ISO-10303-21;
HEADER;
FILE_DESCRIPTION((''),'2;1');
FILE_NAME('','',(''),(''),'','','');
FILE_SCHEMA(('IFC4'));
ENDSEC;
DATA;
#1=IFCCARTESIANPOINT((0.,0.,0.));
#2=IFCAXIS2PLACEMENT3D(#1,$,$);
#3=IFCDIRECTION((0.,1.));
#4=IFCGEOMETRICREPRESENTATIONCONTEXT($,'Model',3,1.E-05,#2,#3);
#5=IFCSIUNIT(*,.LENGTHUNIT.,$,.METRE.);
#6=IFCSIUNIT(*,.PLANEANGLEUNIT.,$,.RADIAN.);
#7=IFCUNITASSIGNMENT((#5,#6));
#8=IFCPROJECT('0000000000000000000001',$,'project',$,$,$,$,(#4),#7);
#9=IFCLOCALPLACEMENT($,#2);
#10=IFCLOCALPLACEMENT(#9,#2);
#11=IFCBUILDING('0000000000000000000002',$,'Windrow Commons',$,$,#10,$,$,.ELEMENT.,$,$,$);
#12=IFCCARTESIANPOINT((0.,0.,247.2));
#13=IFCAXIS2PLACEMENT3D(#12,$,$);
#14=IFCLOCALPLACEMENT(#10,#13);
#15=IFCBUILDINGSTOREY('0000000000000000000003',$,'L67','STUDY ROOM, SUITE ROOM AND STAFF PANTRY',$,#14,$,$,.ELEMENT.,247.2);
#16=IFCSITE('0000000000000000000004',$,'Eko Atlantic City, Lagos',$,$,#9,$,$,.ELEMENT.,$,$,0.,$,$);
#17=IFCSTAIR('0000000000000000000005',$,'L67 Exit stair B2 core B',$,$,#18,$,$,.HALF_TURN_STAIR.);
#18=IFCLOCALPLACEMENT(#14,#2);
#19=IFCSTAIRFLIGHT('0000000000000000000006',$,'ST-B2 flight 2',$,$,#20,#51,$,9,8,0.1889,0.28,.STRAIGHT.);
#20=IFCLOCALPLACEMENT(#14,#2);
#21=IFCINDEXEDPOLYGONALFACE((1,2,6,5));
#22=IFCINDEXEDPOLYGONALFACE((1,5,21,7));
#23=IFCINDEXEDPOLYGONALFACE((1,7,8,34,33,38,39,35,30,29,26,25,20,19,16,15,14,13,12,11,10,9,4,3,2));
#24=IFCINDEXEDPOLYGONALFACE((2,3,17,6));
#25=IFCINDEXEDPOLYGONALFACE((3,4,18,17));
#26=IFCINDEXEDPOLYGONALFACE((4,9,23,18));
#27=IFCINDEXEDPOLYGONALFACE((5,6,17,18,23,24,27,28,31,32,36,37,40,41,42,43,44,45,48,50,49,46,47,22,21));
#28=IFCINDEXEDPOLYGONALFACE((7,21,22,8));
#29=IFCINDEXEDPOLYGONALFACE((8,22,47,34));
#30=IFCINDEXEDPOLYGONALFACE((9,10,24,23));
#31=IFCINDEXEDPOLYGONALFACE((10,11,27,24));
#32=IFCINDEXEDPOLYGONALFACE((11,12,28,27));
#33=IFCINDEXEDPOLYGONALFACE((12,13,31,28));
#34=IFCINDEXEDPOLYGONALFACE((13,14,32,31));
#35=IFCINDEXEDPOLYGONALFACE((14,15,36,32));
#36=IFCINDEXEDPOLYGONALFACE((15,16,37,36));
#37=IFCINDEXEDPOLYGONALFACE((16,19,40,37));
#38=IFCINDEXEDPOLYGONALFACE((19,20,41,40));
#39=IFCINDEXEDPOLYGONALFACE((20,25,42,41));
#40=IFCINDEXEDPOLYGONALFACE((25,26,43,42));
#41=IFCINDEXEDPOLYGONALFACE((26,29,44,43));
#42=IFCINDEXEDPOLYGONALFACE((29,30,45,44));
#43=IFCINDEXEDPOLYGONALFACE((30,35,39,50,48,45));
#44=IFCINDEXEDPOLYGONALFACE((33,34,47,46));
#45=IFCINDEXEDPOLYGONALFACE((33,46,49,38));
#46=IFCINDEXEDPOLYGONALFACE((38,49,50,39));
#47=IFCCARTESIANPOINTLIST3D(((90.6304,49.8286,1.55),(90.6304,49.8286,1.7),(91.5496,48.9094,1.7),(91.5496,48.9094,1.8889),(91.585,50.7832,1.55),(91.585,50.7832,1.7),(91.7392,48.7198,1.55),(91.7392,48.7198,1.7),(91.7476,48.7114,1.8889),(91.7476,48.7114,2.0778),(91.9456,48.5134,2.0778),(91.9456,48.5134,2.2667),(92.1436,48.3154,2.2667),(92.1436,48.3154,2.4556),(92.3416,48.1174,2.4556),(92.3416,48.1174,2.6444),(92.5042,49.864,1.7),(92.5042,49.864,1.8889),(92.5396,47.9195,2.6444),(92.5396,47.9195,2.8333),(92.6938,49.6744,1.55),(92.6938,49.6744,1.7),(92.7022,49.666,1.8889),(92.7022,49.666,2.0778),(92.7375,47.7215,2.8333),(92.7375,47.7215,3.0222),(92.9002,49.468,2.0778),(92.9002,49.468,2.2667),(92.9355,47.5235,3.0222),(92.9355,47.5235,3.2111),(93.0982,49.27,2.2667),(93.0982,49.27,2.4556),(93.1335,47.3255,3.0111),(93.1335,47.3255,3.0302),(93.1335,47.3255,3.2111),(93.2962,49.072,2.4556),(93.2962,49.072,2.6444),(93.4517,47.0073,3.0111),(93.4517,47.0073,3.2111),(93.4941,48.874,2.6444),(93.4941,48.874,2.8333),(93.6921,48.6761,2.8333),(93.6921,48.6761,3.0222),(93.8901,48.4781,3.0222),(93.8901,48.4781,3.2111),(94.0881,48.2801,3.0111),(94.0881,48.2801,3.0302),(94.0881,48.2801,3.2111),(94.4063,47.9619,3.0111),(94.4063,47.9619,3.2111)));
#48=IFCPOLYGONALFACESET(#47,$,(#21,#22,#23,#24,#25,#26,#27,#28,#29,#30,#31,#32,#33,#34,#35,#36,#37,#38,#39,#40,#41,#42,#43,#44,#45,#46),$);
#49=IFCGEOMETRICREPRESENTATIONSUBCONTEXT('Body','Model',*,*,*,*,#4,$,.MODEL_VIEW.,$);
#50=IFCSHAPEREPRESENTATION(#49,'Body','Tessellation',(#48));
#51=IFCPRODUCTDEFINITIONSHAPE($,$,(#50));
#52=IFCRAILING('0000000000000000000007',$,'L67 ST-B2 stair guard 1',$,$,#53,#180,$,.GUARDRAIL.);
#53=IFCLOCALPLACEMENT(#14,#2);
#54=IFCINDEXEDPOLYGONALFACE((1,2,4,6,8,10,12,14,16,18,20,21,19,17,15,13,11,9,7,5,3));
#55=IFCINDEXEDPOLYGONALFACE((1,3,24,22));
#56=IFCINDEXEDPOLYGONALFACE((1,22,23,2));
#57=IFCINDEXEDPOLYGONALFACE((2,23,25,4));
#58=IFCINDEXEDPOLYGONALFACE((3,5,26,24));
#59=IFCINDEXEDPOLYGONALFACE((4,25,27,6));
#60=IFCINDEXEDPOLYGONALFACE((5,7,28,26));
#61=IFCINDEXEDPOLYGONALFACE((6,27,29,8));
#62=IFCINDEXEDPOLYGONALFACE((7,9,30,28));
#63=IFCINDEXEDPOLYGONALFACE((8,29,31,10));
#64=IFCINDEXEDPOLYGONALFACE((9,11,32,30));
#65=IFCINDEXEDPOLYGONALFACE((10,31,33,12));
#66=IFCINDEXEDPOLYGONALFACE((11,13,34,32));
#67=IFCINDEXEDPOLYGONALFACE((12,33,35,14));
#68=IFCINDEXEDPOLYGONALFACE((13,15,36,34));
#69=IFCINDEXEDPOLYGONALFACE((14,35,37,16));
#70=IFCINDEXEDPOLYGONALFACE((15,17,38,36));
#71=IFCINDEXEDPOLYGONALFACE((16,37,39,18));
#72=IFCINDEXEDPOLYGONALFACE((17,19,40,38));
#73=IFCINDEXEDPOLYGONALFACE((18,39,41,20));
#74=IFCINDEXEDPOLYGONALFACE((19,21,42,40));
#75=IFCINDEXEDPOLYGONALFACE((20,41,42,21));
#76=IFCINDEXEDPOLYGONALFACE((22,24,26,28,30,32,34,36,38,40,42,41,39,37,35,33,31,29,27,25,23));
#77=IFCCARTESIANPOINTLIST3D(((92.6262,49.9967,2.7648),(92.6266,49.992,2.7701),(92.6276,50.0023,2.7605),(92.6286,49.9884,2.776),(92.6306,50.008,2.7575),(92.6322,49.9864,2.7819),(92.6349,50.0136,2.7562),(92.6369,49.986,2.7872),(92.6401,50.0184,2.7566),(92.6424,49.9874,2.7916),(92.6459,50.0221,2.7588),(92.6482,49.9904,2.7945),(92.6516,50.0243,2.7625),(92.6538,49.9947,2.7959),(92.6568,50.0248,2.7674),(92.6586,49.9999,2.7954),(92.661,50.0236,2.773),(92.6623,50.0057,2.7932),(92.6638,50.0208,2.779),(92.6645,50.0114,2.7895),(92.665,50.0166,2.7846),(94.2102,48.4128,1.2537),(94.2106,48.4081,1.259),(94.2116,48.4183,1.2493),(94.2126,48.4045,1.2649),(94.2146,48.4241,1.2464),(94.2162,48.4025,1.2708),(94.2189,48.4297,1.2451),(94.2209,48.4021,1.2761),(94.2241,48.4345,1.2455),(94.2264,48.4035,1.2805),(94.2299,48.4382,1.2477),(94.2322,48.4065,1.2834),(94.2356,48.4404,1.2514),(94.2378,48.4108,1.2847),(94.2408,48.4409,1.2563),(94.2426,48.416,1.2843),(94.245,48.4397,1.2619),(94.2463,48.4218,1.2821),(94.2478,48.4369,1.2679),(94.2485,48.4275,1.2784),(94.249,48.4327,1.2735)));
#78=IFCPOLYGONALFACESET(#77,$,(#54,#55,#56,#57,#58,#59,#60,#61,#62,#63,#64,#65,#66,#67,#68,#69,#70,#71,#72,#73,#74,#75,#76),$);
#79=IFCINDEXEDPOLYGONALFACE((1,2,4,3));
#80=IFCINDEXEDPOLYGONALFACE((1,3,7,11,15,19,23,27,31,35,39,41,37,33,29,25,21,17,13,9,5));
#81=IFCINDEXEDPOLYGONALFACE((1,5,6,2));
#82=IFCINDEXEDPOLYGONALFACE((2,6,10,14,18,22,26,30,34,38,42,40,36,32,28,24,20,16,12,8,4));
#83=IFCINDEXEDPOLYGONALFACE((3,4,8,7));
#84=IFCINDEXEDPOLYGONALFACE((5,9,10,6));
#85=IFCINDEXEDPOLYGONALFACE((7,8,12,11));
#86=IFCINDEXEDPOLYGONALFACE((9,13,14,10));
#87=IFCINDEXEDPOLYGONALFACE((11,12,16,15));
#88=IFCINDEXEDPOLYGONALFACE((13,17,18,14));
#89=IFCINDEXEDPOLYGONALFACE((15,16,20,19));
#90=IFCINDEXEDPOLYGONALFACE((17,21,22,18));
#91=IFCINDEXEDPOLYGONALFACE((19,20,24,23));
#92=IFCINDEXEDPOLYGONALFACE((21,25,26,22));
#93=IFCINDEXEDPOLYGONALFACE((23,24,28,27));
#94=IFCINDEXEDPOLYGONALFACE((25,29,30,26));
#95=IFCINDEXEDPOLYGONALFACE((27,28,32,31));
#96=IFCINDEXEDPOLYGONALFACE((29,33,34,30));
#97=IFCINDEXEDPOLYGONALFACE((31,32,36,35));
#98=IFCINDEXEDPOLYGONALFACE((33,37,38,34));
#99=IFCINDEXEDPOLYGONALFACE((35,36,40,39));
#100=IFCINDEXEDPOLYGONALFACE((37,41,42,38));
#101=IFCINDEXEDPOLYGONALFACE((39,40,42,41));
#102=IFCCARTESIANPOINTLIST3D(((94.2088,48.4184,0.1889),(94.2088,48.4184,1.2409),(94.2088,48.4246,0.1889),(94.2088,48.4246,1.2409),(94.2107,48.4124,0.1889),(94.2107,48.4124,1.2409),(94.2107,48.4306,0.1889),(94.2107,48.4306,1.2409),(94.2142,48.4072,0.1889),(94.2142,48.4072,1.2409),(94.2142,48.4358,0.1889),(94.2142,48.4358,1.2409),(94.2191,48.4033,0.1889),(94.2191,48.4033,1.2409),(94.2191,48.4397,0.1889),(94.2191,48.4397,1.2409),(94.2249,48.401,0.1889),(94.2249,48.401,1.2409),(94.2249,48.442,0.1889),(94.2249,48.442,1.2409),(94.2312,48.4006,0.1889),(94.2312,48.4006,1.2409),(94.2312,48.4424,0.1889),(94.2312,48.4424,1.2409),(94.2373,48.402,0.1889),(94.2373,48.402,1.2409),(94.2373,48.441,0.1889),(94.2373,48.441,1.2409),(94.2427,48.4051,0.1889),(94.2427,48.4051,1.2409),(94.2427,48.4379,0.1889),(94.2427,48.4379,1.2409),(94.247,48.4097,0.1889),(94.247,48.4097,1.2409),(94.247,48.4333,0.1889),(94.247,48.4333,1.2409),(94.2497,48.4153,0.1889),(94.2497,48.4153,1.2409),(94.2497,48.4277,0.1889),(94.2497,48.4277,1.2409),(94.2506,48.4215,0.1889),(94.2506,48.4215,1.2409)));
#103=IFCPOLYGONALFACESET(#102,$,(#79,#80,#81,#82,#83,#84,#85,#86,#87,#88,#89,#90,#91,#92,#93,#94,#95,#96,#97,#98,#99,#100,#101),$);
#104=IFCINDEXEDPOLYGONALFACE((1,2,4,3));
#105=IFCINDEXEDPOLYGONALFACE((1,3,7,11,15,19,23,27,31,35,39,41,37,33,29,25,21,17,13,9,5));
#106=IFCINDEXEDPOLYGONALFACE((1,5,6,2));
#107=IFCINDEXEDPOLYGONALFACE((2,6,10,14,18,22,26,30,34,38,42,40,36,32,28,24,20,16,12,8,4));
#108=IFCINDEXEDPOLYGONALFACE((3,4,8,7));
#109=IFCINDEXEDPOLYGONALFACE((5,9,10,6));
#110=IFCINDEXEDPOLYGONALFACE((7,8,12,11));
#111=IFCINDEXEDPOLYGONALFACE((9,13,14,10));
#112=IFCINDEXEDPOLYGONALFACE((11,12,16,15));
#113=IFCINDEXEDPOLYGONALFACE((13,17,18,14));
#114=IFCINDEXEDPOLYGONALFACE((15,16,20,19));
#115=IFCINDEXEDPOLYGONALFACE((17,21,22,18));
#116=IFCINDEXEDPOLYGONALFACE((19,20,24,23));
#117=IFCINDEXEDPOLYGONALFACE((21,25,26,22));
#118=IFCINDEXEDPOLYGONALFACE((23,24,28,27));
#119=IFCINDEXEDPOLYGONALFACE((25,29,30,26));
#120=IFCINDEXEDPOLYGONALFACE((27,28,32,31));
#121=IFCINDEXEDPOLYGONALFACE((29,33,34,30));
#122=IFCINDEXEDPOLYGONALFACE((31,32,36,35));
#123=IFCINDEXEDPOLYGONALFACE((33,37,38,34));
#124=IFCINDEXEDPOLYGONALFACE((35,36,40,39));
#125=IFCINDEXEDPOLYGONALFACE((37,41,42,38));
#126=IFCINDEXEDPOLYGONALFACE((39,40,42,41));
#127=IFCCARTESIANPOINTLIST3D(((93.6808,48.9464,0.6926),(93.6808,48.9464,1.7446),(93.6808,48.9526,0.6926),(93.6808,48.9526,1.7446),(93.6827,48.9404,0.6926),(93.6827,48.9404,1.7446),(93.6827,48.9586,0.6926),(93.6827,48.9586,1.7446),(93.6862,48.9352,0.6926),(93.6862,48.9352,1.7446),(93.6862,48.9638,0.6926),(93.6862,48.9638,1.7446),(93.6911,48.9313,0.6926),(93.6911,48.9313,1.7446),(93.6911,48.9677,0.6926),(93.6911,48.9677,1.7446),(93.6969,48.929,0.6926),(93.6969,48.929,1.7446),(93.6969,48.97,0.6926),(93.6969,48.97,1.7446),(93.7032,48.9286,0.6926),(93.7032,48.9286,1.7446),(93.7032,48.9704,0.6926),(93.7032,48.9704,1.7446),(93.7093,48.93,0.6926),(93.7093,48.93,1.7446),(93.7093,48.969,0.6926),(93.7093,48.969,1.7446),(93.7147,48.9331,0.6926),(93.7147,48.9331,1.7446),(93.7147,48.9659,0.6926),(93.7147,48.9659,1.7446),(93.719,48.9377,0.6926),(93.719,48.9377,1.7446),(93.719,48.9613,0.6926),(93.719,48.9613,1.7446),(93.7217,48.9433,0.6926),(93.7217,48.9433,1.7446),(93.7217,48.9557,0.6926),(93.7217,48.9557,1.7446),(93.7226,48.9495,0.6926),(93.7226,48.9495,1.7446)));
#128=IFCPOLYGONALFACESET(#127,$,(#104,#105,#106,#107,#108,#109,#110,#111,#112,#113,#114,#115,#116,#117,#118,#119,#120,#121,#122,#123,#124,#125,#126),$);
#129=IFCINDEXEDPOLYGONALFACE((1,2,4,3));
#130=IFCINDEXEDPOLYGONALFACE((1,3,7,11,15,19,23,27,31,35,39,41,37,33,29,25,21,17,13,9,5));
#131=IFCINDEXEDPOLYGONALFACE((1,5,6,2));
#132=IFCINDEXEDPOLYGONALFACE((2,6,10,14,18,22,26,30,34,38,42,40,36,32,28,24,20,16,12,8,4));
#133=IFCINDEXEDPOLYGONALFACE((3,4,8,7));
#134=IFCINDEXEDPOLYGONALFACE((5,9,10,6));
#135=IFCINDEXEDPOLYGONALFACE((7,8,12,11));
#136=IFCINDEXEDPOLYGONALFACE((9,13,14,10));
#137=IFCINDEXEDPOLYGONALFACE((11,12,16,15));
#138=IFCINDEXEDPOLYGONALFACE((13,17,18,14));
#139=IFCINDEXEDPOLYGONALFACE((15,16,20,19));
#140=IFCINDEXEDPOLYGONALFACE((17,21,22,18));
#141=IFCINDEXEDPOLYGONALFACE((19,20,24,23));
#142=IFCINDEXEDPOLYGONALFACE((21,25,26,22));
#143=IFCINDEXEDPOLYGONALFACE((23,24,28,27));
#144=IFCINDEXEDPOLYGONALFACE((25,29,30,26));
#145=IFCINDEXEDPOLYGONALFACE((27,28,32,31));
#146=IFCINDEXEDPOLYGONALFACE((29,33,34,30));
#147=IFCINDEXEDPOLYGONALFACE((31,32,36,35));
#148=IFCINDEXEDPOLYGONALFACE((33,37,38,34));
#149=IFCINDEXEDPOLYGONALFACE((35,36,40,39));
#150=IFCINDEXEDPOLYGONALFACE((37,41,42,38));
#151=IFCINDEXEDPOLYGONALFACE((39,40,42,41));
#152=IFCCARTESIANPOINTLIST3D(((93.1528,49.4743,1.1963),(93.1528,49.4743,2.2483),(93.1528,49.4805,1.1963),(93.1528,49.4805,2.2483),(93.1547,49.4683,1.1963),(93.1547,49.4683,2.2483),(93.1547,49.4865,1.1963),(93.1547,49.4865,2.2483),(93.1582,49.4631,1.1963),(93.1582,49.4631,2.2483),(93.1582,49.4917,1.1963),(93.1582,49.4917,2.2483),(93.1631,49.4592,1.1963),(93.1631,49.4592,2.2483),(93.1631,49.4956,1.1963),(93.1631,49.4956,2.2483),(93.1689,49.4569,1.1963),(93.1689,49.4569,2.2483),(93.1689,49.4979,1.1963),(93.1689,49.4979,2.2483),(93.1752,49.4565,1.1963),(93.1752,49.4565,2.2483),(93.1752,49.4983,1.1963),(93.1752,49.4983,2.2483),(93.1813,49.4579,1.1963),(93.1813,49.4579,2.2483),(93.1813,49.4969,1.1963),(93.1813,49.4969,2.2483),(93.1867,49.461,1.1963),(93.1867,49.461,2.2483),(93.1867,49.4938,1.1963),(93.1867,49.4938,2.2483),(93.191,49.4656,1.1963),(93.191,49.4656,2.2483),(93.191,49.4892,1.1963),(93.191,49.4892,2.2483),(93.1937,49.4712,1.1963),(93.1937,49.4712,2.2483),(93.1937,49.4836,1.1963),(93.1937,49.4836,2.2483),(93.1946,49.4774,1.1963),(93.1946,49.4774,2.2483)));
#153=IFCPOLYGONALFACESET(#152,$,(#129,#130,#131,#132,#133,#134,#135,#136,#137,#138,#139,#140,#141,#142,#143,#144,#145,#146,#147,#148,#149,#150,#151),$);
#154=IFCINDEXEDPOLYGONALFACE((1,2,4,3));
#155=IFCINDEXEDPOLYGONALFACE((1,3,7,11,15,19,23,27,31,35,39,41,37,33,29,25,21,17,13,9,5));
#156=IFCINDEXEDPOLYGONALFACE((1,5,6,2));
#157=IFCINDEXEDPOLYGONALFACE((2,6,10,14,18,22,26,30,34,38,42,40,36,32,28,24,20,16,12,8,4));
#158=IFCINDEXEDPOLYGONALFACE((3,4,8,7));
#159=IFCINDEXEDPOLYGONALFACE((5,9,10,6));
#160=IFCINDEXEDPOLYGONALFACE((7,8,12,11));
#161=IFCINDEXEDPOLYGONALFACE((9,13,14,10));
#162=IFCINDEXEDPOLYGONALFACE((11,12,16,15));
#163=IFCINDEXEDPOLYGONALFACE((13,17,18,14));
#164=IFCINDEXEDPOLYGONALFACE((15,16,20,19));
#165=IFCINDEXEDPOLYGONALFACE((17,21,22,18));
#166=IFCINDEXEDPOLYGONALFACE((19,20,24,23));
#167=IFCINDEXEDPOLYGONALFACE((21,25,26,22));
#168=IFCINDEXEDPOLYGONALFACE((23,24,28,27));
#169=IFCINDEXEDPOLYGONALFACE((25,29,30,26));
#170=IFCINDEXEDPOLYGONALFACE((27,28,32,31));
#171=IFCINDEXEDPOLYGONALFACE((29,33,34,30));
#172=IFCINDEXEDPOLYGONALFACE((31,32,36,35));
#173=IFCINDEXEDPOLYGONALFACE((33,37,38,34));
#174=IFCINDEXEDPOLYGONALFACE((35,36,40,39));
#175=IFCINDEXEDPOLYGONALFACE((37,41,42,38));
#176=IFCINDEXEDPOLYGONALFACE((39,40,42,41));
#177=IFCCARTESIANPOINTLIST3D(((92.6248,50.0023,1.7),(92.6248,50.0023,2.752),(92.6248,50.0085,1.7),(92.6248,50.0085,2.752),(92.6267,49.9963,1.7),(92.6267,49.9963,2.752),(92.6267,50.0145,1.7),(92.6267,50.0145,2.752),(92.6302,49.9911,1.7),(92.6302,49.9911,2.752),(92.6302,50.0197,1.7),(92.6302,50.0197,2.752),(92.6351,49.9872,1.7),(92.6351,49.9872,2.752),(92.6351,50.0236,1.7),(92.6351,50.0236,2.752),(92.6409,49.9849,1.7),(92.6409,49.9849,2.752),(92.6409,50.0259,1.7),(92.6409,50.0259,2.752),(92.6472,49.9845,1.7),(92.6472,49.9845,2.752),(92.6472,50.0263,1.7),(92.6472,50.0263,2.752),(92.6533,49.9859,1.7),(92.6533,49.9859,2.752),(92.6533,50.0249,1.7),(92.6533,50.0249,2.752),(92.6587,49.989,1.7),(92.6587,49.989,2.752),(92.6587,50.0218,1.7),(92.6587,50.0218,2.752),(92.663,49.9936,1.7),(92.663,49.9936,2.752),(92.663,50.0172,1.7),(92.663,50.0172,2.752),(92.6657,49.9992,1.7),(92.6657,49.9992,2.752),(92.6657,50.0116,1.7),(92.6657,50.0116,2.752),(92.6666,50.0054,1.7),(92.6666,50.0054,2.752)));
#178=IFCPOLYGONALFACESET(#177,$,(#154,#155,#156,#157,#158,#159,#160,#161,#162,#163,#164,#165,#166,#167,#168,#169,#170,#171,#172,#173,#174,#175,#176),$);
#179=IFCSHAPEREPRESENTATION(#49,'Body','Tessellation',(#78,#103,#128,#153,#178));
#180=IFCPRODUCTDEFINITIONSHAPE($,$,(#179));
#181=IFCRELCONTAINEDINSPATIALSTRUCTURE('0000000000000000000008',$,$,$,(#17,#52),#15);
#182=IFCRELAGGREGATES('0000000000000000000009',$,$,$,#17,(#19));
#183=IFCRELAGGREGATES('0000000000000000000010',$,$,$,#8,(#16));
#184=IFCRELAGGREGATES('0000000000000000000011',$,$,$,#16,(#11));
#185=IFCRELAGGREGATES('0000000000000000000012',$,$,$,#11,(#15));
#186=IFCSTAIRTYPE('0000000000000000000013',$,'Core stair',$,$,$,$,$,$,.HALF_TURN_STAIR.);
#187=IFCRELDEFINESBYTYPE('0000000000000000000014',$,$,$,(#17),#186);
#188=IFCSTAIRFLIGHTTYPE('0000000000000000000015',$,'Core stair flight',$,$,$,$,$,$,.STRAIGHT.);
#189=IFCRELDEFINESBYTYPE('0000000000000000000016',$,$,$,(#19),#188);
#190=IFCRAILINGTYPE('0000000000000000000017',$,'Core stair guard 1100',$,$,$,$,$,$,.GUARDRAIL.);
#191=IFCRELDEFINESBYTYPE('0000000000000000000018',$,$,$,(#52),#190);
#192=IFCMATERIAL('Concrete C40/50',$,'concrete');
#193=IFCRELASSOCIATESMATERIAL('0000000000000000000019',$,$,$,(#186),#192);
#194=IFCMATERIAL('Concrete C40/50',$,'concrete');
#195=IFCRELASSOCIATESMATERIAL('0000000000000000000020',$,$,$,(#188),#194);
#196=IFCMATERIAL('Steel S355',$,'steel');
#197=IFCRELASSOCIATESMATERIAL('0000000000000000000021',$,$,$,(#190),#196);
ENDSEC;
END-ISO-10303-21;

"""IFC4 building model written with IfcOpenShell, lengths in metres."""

from ifc_helpers import new_model, si_unit, direction, frame, origin, origin_2d, place, context, subcontext, project, spatial, polyline, circle, outline, extrude, material, type_object, element, aggregate, save


model = new_model("IFC4")

# Units and contexts
model_context = context("Model", 3, precision=1e-05, world=origin(), true_north=direction((0.0, 1.0)))
body_context = subcontext(model_context, "Body", "Model", "MODEL_VIEW")
ifc_project = project(units=[si_unit("LENGTHUNIT", "METRE"), si_unit("PLANEANGLEUNIT", "RADIAN")], contexts=[model_context])

# Site, building, storey
site_placement = place(None, origin())
site = spatial("IfcSite", under=ifc_project, at=site_placement, Name="Eko Atlantic City, Lagos", CompositionType="ELEMENT", RefElevation=0.0)
building_placement = place(site_placement, origin())
building = spatial("IfcBuilding", under=site, at=building_placement, Name="Windrow Commons", CompositionType="ELEMENT")
storey_placement = place(building_placement, frame((0.0, 0.0, 247.2)))
storey = spatial("IfcBuildingStorey", under=building, at=storey_placement, Name="L67", Description="STUDY ROOM, SUITE ROOM AND STAFF PANTRY", CompositionType="ELEMENT", Elevation=247.2)

# Stair, stair flight
ifc_material_1 = material(Name="Concrete C40/50", Category="concrete")
stair_type = type_object("IfcStairType", Name="Core stair", PredefinedType="HALF_TURN_STAIR", material=ifc_material_1)
stair_placement = place(storey_placement, origin())
stair = element("IfcStair", 1, at=stair_placement, inside=storey, type_object=stair_type, Name="L67 Exit stair B2 core B", PredefinedType="HALF_TURN_STAIR")
ifc_material_2 = material(Name="Concrete C40/50", Category="concrete")
stair_flight_type = type_object("IfcStairFlightType", Name="Core stair flight", PredefinedType="STRAIGHT", material=ifc_material_2)
stair_flight_1_placement = place(storey_placement, frame((92.0269, 49.3867, 1.7), z_axis=(0.0, 0.0, 1.0), x_axis=(0.707107, -0.707107, 0.0)))
stair_flight_1 = element("IfcStairFlight", 2, at=stair_flight_1_placement, type_object=stair_flight_type, Name="ST-B2 flight 2", NumberOfRisers=9, NumberOfTreads=8, PredefinedType="STRAIGHT", RiserHeight=0.1889, TreadLength=0.28, context=body_context, shape_type="SweptSolid", body=[
    extrude(outline(polyline([(-1.3, -0.15), (-1.3, 0.0), (0.0, 0.0), (0.0, 0.1889), (0.28, 0.1889), (0.28, 0.3778), (0.56, 0.3778), (0.56, 0.5667), (0.84, 0.5667), (0.84, 0.7556), (1.12, 0.7556), (1.12, 0.9444), (1.4, 0.9444), (1.4, 1.1333), (1.68, 1.1333), (1.68, 1.3222), (1.96, 1.3222), (1.96, 1.5111), (2.24, 1.5111), (2.69, 1.5111), (2.69, 1.3111), (2.24, 1.3111), (2.24, 1.3302), (0.2682, 0.0), (0.2682, -0.15), (-1.3, -0.15)])), frame((0.0, 0.675, 0.0), z_axis=(0.0, -1.0, 0.0), x_axis=(1.0, 0.0, 0.0)), (0.0, 0.0, 1.0), 1.35),
])
aggregate(stair, [stair_flight_1])

# Railing
ifc_material_3 = material(Name="Steel S355", Category="steel")
railing_type_1 = type_object("IfcRailingType", Name="Core stair guard 1100", PredefinedType="GUARDRAIL", material=ifc_material_3)
railing_1_placement = place(storey_placement, frame((94.2296, 48.4215, 0.1889)))
element("IfcRailing", 3, at=railing_1_placement, inside=storey, type_object=railing_type_1, Name="L67 ST-B2 stair guard 1", PredefinedType="GUARDRAIL", context=body_context, shape_type="SweptSolid", body=[
    extrude(circle(Radius=0.024, at=origin_2d()), frame((0.0, 0.0, 1.076), z_axis=(-0.586216, 0.586179, 0.559237), x_axis=(-0.707084, -0.707129, 0.0)), (0.0, 0.0, 1.0), 2.7021),
    extrude(circle(Radius=0.021, at=origin_2d()), origin(), (0.0, 0.0, 1.0), 1.052),
    extrude(circle(Radius=0.021, at=origin_2d()), frame((-0.528, 0.528, 0.5037)), (0.0, 0.0, 1.0), 1.052),
    extrude(circle(Radius=0.021, at=origin_2d()), frame((-1.056, 1.0559, 1.0074)), (0.0, 0.0, 1.0), 1.052),
    extrude(circle(Radius=0.021, at=origin_2d()), frame((-1.584, 1.5839, 1.5111)), (0.0, 0.0, 1.0), 1.052),
])

save(model, "model.ifc")
